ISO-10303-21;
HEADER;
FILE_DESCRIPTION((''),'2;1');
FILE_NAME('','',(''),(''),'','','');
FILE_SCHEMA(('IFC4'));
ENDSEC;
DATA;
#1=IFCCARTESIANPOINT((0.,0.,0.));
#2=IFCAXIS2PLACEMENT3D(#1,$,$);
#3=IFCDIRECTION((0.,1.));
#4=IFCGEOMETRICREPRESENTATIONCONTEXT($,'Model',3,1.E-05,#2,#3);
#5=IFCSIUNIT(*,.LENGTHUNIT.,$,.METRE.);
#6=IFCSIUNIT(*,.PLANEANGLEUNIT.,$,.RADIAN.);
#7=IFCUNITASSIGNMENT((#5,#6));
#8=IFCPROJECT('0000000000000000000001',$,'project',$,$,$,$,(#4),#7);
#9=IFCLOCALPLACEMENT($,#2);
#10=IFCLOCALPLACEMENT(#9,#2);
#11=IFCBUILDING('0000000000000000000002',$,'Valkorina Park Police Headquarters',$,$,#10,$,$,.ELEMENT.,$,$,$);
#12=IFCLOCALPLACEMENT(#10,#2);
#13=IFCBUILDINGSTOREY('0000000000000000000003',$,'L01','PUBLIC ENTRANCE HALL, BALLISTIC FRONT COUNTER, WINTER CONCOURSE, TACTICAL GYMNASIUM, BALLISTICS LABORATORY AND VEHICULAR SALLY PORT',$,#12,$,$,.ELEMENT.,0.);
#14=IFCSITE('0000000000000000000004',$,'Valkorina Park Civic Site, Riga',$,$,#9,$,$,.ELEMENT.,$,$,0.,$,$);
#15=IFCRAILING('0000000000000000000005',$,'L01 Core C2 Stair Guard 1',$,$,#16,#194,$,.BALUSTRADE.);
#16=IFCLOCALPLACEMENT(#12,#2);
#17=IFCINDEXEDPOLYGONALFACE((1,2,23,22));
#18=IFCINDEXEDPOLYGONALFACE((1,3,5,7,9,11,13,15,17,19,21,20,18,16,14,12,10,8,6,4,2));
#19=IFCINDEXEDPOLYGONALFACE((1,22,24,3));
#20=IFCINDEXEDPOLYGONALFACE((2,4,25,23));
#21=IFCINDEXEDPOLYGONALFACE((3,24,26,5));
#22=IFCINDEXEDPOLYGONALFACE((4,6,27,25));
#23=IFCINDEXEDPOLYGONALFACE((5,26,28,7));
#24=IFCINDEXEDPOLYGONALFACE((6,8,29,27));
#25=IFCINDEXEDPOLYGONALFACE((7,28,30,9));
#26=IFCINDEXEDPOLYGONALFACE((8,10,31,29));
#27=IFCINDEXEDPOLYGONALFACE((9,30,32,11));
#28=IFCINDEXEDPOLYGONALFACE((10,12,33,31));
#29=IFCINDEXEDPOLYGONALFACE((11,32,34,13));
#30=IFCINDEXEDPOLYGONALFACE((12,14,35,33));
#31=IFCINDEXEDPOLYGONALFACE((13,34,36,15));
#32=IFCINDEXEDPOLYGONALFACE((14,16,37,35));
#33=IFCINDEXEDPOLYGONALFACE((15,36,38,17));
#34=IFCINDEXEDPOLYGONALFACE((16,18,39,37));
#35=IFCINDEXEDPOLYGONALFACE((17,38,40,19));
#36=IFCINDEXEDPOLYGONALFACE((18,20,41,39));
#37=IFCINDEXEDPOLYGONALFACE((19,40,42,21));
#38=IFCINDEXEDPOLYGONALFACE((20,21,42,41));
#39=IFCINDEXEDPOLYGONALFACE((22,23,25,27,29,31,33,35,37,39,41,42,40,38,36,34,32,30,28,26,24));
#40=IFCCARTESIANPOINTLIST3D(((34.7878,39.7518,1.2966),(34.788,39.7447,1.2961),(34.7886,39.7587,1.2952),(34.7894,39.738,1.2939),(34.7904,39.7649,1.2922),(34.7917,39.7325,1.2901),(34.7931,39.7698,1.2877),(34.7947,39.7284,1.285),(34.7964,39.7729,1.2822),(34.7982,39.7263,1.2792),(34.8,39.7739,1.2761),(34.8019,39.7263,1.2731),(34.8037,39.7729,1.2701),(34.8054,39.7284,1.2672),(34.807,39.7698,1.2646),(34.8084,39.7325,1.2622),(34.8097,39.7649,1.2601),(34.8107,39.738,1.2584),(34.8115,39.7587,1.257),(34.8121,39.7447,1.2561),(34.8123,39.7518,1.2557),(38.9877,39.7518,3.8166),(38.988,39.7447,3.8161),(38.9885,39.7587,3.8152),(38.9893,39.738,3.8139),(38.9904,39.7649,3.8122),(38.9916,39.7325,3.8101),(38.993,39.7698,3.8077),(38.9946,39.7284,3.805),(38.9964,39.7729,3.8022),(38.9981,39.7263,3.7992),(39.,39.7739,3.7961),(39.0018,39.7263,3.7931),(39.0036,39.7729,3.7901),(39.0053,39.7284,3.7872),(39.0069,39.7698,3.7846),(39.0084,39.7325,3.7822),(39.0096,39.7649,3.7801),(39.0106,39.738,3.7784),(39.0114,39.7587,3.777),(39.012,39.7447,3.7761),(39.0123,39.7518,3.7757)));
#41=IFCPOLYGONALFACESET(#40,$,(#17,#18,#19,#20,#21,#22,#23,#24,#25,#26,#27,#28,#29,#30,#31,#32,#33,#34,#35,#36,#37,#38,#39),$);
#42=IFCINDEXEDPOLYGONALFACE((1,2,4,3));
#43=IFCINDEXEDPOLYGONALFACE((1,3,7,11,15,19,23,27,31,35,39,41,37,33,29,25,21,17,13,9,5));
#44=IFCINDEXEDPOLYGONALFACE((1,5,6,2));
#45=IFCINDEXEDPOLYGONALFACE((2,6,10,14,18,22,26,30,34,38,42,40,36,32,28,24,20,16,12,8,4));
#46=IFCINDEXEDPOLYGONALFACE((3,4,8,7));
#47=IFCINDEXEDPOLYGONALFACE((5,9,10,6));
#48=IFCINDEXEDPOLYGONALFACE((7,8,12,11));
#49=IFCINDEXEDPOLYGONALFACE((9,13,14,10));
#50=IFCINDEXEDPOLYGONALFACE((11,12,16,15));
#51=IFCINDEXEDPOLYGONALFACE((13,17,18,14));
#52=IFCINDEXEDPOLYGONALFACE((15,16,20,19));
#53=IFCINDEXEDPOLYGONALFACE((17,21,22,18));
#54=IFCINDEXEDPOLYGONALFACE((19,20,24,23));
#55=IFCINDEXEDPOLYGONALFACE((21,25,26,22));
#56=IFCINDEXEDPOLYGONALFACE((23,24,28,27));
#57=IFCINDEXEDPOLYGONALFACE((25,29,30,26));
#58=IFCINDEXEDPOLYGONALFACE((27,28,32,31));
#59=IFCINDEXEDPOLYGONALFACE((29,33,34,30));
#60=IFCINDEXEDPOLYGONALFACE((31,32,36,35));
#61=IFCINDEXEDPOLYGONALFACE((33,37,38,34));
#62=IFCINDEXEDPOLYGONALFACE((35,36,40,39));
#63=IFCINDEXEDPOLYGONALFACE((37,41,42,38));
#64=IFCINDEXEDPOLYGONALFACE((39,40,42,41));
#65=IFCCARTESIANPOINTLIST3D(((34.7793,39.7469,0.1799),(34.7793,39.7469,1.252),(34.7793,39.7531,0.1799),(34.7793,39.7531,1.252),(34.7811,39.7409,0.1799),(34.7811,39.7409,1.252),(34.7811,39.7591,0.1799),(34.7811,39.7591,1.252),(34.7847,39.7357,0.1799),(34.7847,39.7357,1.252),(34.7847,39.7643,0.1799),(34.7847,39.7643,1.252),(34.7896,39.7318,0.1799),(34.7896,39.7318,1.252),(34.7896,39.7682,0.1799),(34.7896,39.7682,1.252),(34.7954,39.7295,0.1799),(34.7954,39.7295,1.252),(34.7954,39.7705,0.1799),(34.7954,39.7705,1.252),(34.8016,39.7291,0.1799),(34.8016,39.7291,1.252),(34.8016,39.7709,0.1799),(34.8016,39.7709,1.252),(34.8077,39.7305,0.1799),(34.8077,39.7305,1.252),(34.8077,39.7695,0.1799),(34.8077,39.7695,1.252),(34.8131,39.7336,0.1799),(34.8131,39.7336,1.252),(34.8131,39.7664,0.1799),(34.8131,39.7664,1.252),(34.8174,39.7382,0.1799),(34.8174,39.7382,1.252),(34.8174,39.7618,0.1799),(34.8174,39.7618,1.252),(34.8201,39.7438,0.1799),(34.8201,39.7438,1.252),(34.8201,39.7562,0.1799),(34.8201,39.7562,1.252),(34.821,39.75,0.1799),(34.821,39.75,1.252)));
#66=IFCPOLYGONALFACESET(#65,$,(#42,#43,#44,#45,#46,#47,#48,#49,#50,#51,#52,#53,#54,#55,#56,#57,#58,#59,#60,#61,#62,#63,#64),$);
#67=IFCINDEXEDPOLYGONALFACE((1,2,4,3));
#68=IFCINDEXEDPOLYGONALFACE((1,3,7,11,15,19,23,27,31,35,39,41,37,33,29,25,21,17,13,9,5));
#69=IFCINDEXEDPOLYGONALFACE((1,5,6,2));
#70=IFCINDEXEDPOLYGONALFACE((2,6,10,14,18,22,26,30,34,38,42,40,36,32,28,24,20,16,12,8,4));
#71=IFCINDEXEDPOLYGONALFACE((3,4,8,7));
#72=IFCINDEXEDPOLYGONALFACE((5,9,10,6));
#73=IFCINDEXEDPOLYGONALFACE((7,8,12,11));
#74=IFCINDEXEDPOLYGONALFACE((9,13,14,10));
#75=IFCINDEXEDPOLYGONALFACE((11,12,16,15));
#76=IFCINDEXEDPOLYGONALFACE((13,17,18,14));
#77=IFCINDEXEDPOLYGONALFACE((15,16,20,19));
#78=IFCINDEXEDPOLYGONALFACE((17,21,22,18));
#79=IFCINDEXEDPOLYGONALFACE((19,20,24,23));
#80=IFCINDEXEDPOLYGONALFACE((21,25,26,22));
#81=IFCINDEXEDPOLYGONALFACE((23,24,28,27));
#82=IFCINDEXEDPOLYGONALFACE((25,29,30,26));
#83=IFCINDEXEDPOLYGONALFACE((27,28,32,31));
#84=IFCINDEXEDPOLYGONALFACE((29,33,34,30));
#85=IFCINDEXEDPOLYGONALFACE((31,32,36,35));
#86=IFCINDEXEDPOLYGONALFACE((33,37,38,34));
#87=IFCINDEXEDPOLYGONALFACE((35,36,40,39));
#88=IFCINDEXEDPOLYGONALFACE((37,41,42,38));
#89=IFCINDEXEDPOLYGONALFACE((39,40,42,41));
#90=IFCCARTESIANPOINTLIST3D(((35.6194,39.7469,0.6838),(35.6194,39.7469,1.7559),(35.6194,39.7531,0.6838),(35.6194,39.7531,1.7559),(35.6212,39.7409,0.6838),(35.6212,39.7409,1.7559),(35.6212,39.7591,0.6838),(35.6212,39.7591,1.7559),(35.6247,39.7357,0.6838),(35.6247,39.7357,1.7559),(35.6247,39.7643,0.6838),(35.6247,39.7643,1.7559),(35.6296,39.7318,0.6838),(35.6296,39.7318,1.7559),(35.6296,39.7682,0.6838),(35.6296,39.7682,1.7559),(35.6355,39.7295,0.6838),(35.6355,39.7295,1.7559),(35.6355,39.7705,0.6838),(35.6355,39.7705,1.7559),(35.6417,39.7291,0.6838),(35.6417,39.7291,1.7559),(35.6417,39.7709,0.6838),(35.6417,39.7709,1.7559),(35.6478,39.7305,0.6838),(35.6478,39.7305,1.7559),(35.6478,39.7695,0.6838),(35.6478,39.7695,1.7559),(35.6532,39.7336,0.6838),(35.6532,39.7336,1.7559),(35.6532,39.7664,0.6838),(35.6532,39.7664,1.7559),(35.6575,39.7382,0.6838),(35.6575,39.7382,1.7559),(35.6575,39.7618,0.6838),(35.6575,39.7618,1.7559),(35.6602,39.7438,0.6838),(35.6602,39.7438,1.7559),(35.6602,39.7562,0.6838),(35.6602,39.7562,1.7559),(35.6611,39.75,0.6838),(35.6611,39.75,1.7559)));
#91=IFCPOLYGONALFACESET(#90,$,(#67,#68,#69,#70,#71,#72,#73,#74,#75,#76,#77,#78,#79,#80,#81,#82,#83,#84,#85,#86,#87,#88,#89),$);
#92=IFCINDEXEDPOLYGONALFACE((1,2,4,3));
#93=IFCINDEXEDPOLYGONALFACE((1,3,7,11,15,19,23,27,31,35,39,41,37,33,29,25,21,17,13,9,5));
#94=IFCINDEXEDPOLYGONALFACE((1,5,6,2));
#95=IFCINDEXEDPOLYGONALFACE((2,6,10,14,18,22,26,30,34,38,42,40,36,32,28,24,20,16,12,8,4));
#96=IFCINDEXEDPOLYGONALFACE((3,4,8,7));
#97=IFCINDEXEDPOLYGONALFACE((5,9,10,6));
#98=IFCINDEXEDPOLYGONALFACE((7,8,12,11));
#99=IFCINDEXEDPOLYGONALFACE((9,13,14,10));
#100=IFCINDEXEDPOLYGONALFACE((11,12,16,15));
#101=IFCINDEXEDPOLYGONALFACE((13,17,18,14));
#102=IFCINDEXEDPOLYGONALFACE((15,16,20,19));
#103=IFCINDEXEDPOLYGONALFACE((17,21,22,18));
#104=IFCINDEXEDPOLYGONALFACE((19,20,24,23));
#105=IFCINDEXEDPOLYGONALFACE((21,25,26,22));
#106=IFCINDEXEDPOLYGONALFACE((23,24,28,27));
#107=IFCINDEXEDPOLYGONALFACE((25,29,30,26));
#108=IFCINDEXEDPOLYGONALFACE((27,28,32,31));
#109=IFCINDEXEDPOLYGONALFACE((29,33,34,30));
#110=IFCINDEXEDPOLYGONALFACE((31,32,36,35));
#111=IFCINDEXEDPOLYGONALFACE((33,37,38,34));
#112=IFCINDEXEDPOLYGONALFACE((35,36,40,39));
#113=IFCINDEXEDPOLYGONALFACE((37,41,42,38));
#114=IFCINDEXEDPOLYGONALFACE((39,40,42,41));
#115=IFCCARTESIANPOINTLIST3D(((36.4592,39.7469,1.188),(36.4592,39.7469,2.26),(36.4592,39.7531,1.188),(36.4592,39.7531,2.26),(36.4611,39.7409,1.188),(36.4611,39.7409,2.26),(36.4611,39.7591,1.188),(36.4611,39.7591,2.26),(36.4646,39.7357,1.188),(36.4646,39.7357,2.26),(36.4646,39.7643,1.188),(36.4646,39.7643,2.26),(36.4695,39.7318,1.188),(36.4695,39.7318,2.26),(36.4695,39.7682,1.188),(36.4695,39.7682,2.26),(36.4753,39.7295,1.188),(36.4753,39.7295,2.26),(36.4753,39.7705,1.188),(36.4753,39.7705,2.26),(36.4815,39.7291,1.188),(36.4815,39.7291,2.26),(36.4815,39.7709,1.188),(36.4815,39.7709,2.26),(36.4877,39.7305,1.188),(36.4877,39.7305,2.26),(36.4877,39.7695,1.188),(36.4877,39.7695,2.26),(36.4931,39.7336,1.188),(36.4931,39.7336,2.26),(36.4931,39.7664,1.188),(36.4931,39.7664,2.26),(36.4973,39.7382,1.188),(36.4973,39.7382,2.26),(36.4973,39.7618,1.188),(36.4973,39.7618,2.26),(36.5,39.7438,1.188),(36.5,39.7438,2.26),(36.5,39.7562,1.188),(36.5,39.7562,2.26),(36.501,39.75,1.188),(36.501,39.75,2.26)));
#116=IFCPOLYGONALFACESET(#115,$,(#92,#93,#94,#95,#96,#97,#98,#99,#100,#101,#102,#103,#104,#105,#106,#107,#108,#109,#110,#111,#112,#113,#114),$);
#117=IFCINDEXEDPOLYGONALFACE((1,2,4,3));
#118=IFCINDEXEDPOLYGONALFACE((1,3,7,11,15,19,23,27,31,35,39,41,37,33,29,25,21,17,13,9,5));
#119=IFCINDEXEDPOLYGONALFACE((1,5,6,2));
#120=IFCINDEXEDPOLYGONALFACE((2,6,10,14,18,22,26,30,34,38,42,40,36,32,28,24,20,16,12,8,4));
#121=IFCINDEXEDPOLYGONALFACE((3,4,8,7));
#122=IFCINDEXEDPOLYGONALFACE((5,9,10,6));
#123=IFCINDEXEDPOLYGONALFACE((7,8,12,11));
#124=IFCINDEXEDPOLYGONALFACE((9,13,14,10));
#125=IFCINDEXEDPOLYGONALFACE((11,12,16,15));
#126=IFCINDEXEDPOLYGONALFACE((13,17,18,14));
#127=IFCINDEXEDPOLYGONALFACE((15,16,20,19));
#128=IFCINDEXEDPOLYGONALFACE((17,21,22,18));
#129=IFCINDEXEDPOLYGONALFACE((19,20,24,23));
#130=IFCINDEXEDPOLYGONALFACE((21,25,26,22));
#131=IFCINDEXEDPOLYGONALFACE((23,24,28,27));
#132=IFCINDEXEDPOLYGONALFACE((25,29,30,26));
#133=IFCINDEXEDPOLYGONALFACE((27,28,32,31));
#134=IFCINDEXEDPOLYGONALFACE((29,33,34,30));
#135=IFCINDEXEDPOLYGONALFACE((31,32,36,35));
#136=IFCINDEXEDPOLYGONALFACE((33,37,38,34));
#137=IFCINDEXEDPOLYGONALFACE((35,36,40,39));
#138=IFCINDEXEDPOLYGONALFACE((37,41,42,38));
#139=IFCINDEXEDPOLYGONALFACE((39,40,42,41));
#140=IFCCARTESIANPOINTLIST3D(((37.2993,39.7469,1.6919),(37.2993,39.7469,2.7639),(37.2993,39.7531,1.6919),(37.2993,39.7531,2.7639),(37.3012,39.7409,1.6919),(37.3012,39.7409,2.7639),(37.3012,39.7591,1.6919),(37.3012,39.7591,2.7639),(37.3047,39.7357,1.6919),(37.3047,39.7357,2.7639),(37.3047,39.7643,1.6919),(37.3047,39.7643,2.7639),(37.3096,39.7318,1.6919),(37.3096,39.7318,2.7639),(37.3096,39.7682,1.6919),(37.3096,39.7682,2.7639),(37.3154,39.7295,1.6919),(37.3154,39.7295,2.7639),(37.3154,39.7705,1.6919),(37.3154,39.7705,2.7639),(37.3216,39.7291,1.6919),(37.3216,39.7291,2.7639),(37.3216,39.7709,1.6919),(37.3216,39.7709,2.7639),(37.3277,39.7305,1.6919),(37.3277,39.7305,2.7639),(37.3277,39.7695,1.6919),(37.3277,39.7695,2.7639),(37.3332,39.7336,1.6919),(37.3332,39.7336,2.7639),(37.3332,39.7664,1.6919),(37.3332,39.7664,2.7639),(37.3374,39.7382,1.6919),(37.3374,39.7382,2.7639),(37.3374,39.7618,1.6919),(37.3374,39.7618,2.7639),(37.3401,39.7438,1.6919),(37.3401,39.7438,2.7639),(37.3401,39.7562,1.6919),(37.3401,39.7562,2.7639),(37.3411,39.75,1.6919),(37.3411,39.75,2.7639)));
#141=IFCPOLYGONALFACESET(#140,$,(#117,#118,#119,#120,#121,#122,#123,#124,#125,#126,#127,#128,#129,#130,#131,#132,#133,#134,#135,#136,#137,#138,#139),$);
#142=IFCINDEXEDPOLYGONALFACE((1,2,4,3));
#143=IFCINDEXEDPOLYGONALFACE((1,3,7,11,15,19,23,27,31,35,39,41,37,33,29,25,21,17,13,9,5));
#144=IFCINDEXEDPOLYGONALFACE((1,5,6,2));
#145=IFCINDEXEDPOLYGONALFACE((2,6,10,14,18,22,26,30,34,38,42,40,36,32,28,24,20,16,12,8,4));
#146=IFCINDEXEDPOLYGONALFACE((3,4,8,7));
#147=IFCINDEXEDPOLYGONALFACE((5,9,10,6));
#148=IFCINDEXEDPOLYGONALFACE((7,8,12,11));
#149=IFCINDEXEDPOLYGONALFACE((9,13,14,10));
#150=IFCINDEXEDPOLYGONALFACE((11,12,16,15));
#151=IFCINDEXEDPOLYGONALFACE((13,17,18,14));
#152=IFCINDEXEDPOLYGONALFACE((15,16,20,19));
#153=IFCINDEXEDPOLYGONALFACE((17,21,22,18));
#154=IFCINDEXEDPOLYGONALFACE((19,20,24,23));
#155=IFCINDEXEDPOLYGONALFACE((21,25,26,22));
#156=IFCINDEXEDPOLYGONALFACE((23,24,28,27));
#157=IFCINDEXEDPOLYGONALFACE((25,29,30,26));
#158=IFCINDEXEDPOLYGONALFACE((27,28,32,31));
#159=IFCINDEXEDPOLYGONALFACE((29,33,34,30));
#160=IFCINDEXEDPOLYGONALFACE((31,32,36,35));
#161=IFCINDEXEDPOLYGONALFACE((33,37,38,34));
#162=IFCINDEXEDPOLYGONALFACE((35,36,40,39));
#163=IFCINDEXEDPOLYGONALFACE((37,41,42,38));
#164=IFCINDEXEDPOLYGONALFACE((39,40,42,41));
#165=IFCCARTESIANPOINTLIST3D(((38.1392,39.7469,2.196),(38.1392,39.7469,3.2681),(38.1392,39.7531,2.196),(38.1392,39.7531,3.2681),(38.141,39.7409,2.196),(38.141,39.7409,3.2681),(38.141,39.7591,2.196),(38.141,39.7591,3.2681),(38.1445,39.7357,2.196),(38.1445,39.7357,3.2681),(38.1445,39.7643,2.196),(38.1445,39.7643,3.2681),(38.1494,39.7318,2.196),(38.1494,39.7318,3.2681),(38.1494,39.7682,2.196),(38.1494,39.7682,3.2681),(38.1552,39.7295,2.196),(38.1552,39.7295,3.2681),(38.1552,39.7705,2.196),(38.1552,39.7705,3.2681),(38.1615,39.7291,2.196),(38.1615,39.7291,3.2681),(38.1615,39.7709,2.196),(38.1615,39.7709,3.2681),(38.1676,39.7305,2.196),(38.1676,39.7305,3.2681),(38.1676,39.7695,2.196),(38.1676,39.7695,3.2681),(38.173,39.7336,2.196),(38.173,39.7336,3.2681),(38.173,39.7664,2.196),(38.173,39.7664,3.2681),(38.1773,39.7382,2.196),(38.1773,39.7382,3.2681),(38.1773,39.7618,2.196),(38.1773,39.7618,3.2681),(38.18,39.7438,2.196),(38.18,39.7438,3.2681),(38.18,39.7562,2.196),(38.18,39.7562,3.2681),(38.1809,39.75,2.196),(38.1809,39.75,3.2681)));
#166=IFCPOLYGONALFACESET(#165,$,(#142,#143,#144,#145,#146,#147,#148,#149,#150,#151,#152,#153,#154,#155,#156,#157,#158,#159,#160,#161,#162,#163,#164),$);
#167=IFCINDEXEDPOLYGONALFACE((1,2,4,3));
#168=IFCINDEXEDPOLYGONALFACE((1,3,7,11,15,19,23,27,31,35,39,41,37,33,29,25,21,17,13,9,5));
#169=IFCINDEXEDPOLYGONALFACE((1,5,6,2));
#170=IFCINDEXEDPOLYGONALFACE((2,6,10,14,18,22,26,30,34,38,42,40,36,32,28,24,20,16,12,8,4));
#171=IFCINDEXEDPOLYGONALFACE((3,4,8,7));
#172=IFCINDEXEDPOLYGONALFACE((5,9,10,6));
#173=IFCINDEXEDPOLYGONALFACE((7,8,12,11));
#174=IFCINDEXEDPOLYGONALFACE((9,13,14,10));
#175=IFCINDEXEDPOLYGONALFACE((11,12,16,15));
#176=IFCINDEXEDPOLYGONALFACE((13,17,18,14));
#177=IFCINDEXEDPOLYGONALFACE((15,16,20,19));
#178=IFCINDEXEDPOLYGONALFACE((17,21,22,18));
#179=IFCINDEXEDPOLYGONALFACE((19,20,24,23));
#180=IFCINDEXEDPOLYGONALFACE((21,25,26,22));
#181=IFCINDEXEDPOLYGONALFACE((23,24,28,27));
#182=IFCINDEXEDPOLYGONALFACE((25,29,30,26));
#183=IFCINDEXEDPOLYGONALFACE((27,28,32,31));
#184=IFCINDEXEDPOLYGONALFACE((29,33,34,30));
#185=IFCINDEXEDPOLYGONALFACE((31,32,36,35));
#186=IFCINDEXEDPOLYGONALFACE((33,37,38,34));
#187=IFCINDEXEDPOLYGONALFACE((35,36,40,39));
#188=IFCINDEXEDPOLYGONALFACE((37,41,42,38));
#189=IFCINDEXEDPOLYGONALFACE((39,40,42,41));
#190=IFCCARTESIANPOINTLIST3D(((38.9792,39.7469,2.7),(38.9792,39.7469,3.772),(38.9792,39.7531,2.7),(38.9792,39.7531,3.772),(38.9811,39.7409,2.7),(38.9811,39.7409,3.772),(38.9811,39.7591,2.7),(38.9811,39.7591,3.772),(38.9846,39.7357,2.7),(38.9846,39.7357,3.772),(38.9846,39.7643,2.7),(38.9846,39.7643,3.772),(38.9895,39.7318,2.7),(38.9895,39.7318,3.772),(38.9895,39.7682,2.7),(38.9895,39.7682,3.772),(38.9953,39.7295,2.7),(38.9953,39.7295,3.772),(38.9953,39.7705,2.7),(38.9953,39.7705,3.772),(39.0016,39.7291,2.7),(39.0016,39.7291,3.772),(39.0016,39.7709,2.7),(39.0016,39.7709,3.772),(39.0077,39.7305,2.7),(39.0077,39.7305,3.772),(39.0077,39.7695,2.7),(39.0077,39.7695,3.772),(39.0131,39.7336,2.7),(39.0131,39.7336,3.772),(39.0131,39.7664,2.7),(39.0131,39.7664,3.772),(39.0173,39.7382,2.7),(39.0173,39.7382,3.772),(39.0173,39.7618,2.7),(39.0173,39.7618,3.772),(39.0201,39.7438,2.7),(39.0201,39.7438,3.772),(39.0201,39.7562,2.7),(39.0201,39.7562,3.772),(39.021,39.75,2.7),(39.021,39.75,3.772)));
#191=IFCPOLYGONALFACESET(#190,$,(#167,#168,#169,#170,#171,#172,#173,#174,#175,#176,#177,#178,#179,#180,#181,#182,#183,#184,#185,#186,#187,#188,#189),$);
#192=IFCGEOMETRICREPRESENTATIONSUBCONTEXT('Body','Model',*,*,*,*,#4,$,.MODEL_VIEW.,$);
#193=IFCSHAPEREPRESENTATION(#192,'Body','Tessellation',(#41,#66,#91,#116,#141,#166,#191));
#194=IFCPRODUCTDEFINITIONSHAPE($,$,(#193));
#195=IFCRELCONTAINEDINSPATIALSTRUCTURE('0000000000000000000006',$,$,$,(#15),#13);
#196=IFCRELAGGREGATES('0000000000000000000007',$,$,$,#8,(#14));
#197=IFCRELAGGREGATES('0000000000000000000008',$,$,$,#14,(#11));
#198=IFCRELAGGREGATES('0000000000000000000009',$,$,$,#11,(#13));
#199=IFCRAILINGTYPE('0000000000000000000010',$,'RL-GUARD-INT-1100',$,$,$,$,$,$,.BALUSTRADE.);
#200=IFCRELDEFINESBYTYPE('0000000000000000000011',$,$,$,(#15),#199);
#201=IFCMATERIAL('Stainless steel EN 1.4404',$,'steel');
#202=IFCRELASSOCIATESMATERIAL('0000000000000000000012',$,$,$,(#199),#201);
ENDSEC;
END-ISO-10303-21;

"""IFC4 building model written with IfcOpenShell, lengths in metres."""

from ifc_helpers import new_model, si_unit, direction, frame, origin, origin_2d, place, context, subcontext, project, spatial, circle, extrude, material, type_object, element, save


model = new_model("IFC4")

# Units and contexts
model_context = context("Model", 3, precision=1e-05, world=origin(), true_north=direction((0.0, 1.0)))
body_context = subcontext(model_context, "Body", "Model", "MODEL_VIEW")
ifc_project = project(units=[si_unit("LENGTHUNIT", "METRE"), si_unit("PLANEANGLEUNIT", "RADIAN")], contexts=[model_context])

# Site, building, storey
site_placement = place(None, origin())
site = spatial("IfcSite", under=ifc_project, at=site_placement, Name="Valkorina Park Civic Site, Riga", CompositionType="ELEMENT", RefElevation=0.0)
building_placement = place(site_placement, origin())
building = spatial("IfcBuilding", under=site, at=building_placement, Name="Valkorina Park Police Headquarters", CompositionType="ELEMENT")
storey_placement = place(building_placement, origin())
storey = spatial("IfcBuildingStorey", under=building, at=storey_placement, Name="L01", Description="PUBLIC ENTRANCE HALL, BALLISTIC FRONT COUNTER, WINTER CONCOURSE, TACTICAL GYMNASIUM, BALLISTICS LABORATORY AND VEHICULAR SALLY PORT", CompositionType="ELEMENT", Elevation=0.0)

# Shared definitions
ifc_material_1 = material(Name="Stainless steel EN 1.4404", Category="steel")

# Railing
railing_type_1 = type_object("IfcRailingType", Name="RL-GUARD-INT-1100", PredefinedType="BALUSTRADE", material=ifc_material_1)
railing_1_placement = place(storey_placement, frame((34.8, 39.75, 0.1799)))
element("IfcRailing", 1, at=railing_1_placement, inside=storey, type_object=railing_type_1, Name="L01 Core C2 Stair Guard 1", PredefinedType="BALUSTRADE", context=body_context, shape_type="SweptSolid", body=[
    extrude(circle(Radius=0.0239, at=origin_2d()), frame((0.0, 0.0, 1.0962), z_axis=(0.857489, 0.0, 0.514503), x_axis=(0.0, 1.0, 0.0)), (0.0, 0.0, 1.0), 4.8979),
    extrude(circle(Radius=0.021, at=origin_2d()), origin(), (0.0, 0.0, 1.0), 1.072),
    extrude(circle(Radius=0.021, at=origin_2d()), frame((0.8401, 0.0, 0.5039)), (0.0, 0.0, 1.0), 1.072),
    extrude(circle(Radius=0.021, at=origin_2d()), frame((1.6799, 0.0, 1.0081)), (0.0, 0.0, 1.0), 1.072),
    extrude(circle(Radius=0.021, at=origin_2d()), frame((2.52, 0.0, 1.512)), (0.0, 0.0, 1.0), 1.072),
    extrude(circle(Radius=0.021, at=origin_2d()), frame((3.3599, 0.0, 2.0161)), (0.0, 0.0, 1.0), 1.072),
    extrude(circle(Radius=0.021, at=origin_2d()), frame((4.2, 0.0, 2.52)), (0.0, 0.0, 1.0), 1.072),
])

save(model, "model.ifc")
